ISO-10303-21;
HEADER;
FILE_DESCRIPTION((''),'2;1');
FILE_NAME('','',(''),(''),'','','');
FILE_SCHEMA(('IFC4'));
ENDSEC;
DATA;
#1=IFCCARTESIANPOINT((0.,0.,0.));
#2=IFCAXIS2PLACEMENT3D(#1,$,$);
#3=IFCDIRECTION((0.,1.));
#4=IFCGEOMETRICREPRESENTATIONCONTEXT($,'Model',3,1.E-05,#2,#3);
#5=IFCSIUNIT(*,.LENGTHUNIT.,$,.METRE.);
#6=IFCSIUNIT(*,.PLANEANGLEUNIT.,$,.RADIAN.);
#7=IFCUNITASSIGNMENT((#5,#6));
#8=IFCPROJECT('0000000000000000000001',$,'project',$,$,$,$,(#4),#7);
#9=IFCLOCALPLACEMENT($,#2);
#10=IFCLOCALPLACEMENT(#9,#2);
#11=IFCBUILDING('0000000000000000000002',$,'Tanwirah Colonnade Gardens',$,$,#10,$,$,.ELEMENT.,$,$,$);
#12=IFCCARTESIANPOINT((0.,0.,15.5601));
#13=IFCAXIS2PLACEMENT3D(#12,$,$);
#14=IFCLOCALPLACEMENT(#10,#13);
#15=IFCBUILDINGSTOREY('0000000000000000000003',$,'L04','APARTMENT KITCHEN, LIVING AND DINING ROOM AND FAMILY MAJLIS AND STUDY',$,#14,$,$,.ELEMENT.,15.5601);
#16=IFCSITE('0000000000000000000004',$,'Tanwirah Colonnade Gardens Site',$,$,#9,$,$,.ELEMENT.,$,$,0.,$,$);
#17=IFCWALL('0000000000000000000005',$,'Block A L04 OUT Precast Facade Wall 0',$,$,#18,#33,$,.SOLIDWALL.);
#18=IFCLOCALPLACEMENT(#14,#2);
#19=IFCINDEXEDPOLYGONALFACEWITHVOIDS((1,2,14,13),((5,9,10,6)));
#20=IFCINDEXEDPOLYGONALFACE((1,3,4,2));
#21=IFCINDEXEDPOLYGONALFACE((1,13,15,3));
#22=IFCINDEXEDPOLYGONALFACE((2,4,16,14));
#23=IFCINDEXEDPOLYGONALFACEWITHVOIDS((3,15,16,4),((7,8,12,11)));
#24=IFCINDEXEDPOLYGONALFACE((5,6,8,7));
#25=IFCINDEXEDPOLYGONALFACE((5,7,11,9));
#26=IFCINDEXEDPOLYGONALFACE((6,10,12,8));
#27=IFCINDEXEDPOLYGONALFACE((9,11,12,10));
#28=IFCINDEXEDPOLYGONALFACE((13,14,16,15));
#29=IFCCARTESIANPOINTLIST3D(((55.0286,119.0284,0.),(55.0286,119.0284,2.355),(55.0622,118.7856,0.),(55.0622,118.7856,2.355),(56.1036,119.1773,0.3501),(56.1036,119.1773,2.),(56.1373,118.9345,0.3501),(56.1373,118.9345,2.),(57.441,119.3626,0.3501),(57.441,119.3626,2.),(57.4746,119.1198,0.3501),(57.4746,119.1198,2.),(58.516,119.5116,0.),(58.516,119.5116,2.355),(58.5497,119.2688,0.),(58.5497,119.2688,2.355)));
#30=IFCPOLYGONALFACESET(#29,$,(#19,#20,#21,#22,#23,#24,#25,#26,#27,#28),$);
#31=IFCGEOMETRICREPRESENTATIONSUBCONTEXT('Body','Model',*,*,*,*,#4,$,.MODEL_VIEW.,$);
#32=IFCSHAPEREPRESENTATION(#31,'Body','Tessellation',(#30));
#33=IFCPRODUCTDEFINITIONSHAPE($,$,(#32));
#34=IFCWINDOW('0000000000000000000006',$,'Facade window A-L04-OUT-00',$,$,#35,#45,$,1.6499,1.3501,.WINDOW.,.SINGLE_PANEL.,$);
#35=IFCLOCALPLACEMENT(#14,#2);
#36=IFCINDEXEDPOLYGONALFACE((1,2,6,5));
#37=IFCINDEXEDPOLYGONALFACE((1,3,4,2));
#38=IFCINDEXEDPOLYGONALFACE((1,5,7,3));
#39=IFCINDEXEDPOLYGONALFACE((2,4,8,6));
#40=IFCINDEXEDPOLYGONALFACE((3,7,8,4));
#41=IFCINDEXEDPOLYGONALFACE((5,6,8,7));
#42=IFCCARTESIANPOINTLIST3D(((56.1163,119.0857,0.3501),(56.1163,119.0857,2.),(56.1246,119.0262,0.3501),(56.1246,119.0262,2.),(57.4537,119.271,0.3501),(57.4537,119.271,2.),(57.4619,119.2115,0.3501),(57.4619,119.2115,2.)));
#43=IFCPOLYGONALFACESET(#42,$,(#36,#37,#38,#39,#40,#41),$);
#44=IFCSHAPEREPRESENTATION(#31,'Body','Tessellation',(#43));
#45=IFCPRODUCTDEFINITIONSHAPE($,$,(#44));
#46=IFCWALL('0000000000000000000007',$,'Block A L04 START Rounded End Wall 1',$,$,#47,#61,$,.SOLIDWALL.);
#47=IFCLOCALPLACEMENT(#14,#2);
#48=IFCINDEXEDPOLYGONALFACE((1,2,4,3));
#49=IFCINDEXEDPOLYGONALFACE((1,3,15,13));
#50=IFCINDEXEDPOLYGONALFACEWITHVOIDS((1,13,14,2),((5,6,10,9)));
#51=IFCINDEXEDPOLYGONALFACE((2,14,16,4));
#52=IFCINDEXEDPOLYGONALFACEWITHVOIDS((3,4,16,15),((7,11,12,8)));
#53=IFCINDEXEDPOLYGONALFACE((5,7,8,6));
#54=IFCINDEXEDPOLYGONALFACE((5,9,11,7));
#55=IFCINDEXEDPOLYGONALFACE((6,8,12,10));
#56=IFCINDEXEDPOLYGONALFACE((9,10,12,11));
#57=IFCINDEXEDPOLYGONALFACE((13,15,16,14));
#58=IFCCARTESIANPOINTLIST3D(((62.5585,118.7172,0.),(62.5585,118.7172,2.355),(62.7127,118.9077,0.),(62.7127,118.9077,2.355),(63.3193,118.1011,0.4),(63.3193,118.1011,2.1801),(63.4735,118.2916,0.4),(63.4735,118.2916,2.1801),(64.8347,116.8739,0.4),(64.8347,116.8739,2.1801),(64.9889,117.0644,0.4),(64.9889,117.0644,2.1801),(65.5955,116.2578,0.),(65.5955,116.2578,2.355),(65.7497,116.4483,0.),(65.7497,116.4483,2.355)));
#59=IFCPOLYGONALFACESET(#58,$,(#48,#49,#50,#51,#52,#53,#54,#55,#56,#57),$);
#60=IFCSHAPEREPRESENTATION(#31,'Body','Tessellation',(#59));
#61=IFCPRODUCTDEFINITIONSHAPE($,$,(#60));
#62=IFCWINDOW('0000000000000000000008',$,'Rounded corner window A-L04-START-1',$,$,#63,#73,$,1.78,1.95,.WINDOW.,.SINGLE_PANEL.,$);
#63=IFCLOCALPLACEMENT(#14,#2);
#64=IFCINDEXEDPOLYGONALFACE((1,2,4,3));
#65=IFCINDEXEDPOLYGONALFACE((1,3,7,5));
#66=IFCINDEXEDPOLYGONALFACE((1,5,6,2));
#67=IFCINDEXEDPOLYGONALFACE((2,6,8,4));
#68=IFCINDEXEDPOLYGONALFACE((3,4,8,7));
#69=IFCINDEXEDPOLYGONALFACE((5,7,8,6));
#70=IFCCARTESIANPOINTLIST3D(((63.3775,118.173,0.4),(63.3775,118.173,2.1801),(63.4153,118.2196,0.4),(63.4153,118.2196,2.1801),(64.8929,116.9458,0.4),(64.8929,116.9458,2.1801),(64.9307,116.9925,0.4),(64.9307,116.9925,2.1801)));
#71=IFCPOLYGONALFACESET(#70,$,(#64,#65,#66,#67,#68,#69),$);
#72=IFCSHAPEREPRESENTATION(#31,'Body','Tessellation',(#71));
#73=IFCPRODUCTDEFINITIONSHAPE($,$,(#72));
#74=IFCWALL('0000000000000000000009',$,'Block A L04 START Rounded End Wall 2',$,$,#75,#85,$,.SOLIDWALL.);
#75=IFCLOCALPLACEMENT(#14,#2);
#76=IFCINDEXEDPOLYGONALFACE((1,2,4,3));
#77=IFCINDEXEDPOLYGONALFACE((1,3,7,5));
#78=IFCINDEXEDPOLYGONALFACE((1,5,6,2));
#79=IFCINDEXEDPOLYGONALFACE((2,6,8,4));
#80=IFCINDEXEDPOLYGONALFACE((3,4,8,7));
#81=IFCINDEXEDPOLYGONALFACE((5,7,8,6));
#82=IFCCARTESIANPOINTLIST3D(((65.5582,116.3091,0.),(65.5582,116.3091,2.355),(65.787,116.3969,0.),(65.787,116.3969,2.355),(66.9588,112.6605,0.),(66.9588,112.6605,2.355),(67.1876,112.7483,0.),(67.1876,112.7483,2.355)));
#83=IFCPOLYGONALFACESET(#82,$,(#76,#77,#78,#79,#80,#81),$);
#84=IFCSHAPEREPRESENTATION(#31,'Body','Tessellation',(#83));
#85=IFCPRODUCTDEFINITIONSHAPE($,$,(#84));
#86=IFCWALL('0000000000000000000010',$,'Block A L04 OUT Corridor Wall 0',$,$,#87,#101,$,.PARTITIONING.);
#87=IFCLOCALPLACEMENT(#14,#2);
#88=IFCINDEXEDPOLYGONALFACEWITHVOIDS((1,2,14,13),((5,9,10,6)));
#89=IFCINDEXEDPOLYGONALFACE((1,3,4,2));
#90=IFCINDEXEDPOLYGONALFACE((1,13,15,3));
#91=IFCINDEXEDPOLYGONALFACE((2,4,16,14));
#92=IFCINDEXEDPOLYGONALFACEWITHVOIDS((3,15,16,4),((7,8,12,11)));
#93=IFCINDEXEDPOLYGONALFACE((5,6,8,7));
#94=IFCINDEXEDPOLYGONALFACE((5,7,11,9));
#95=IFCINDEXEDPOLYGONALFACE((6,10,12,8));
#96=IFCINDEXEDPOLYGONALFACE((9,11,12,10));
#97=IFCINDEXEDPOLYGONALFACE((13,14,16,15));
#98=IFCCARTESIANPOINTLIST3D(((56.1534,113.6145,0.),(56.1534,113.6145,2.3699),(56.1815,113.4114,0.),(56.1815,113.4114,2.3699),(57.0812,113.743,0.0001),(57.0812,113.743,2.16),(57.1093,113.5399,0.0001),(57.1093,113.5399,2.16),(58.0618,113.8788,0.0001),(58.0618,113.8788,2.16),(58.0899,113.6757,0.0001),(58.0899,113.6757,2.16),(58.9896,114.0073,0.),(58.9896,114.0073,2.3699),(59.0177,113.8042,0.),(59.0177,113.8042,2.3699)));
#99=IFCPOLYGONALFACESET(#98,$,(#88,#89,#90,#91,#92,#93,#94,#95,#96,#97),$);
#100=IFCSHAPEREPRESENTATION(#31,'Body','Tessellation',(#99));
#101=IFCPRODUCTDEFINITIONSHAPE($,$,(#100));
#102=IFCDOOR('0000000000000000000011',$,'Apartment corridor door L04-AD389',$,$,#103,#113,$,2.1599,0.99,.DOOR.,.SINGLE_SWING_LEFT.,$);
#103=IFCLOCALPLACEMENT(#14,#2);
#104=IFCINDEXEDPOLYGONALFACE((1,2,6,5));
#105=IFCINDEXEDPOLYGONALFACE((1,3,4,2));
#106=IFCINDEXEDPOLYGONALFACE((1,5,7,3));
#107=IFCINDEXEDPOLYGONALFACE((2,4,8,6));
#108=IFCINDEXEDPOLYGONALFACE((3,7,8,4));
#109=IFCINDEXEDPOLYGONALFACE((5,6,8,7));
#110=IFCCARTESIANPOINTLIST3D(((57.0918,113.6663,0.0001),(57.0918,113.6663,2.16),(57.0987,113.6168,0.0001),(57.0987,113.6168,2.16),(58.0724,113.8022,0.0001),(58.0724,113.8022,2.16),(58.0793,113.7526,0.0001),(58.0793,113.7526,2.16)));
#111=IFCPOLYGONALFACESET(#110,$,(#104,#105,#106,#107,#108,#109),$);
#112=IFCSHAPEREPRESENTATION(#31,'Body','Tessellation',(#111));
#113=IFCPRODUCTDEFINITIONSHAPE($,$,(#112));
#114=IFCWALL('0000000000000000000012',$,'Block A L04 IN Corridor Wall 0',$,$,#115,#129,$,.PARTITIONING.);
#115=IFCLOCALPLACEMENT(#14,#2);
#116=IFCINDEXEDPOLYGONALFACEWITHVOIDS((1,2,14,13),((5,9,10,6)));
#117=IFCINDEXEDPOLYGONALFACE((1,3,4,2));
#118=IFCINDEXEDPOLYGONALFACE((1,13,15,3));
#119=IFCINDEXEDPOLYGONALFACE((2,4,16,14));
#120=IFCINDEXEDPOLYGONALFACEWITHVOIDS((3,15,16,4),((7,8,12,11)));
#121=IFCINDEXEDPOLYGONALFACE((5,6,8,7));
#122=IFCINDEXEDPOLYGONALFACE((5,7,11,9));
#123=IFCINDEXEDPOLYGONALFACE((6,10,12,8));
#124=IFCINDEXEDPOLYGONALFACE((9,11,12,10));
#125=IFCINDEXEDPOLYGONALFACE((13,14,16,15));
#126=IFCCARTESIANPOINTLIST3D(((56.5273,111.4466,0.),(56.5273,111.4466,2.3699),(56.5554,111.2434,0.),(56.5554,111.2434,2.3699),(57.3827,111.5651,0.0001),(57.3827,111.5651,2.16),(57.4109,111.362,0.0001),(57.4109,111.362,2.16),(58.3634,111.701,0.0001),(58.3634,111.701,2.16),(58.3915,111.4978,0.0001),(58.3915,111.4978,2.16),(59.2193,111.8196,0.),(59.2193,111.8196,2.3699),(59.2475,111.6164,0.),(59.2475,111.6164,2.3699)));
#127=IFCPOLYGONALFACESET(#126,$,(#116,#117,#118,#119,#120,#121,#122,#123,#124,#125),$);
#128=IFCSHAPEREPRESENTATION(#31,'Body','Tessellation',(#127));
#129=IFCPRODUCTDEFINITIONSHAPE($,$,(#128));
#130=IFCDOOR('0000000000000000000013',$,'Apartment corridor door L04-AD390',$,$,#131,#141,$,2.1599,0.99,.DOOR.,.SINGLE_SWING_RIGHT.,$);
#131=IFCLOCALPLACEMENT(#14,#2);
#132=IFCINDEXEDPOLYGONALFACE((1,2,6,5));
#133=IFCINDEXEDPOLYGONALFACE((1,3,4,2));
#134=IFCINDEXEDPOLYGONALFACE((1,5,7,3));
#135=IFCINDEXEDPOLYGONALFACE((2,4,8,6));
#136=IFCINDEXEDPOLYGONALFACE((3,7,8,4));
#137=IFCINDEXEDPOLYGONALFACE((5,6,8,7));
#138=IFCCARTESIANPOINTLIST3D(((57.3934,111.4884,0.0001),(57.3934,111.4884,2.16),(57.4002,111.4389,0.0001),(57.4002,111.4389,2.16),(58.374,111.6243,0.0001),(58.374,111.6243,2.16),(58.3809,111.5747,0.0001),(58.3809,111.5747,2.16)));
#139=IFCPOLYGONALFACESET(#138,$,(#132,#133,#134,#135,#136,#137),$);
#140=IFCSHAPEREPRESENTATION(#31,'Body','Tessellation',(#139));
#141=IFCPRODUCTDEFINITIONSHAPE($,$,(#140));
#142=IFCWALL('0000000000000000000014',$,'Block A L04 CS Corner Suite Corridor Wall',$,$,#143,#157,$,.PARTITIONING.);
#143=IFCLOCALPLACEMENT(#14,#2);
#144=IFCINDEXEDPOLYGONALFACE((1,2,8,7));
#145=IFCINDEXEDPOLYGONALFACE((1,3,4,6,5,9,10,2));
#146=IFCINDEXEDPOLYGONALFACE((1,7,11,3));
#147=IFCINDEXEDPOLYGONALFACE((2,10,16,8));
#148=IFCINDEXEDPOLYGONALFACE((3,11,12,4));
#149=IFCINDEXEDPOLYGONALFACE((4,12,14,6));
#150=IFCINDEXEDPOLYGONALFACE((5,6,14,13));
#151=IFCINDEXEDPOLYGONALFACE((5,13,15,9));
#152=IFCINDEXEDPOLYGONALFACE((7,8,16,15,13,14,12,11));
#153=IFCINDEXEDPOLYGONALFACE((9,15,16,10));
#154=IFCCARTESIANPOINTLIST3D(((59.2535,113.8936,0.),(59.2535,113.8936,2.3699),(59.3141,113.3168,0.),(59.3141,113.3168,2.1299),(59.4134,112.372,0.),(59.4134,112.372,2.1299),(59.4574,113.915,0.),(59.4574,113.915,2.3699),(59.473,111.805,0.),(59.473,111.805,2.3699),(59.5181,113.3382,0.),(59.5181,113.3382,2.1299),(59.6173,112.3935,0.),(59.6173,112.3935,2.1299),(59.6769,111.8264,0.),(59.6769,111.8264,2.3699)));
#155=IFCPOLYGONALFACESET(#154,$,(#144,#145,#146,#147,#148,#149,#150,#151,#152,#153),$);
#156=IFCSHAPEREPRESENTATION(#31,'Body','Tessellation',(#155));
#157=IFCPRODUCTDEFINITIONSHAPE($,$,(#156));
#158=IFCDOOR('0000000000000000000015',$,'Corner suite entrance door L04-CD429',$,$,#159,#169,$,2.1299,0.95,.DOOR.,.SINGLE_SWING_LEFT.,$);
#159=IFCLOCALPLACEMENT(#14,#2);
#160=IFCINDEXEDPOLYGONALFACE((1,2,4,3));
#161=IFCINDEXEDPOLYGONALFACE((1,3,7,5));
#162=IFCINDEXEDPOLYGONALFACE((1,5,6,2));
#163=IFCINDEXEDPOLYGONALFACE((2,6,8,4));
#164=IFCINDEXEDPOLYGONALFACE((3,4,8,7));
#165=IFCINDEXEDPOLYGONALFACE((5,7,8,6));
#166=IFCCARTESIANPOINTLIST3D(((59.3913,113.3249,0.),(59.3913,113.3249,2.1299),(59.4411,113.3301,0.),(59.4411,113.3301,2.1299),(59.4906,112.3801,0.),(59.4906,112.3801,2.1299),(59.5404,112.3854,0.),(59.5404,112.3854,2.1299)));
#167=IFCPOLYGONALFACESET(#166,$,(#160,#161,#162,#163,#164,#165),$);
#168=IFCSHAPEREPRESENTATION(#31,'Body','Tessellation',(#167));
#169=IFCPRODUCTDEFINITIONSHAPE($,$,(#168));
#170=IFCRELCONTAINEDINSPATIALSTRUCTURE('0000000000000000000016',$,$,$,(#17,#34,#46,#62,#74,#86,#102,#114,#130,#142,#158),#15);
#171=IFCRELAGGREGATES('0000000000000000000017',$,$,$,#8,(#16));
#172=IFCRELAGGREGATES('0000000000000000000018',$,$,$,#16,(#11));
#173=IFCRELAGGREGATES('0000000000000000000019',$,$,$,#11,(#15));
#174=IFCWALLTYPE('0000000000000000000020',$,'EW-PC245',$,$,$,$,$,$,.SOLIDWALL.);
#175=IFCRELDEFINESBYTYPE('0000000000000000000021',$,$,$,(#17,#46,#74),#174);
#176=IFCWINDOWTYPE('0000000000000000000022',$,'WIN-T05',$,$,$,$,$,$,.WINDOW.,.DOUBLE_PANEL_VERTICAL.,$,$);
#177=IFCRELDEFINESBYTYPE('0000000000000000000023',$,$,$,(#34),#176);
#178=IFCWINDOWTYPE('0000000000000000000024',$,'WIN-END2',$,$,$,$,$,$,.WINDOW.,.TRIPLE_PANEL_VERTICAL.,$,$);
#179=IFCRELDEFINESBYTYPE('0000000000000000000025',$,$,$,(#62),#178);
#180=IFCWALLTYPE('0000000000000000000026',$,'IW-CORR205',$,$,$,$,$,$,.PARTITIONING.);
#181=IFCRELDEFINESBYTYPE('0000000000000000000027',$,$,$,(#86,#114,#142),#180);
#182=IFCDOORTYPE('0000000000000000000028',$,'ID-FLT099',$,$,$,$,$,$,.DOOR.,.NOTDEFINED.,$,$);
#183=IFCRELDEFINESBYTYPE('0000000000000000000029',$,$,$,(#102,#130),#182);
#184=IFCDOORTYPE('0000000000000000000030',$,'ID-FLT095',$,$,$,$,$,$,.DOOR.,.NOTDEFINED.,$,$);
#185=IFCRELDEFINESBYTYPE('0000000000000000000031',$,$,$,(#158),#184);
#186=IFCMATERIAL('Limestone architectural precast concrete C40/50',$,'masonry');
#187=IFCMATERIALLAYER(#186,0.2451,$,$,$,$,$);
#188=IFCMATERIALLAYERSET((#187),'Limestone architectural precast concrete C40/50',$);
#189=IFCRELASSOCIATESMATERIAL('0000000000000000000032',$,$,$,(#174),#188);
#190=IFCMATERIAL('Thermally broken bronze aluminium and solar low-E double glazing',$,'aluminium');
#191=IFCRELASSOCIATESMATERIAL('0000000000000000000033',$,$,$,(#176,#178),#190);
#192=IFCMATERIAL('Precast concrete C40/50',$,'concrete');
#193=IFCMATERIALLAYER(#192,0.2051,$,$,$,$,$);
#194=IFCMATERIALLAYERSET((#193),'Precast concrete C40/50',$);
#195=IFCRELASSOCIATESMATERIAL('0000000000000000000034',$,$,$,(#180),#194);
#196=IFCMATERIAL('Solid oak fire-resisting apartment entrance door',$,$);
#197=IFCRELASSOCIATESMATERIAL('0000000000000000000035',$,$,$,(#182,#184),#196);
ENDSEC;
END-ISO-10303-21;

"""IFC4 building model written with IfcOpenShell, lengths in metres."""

from ifc_helpers import new_model, si_unit, direction, frame, frame_2d, origin, place, context, subcontext, project, spatial, rectangle, extrude, material, layer, layer_set, type_object, element, fill, save


model = new_model("IFC4")

# Units and contexts
model_context = context("Model", 3, precision=1e-05, world=origin(), true_north=direction((0.0, 1.0)))
body_context = subcontext(model_context, "Body", "Model", "MODEL_VIEW")
ifc_project = project(units=[si_unit("LENGTHUNIT", "METRE"), si_unit("PLANEANGLEUNIT", "RADIAN")], contexts=[model_context])

# Site, building, storey
site_placement = place(None, origin())
site = spatial("IfcSite", under=ifc_project, at=site_placement, Name="Tanwirah Colonnade Gardens Site", CompositionType="ELEMENT", RefElevation=0.0)
building_placement = place(site_placement, origin())
building = spatial("IfcBuilding", under=site, at=building_placement, Name="Tanwirah Colonnade Gardens", CompositionType="ELEMENT")
storey_placement = place(building_placement, frame((0.0, 0.0, 15.5601)))
storey = spatial("IfcBuildingStorey", under=building, at=storey_placement, Name="L04", Description="APARTMENT KITCHEN, LIVING AND DINING ROOM AND FAMILY MAJLIS AND STUDY", CompositionType="ELEMENT", Elevation=15.5601)

# Shared definitions
ifc_material_1 = material(Name="Precast concrete C40/50", Category="concrete")

# Walls, openings, windows
ifc_material_2 = material(Name="Limestone architectural precast concrete C40/50", Category="masonry")
ifc_layer_1 = layer(ifc_material_2, 0.2451)
ifc_layer_set_1 = layer_set([ifc_layer_1], Name="Limestone architectural precast concrete C40/50")
wall_type_1 = type_object("IfcWallType", Name="EW-PC245", PredefinedType="SOLIDWALL", material=ifc_layer_set_1)
wall_1_placement = place(storey_placement, frame((58.5327, 119.3901, 0.0), z_axis=(0.0, 0.0, 1.0), x_axis=(-0.99054, -0.137226, 0.0)))
wall_1 = element("IfcWall", 1, at=wall_1_placement, inside=storey, type_object=wall_type_1, Name="Block A L04 OUT Precast Facade Wall 0", PredefinedType="SOLIDWALL", context=body_context, shape_type="SweptSolid", body=[
    extrude(rectangle(XDim=3.5208, YDim=0.2451, at=frame_2d((1.7603, 0.0))), origin(), (0.0, 0.0, 1.0), 2.355),
])
opening_1_placement = place(wall_1_placement, frame((1.0852, 0.0, 0.3501)))
opening_1 = element("IfcOpeningElement", 2, at=opening_1_placement, cuts=wall_1, PredefinedType="OPENING", context=body_context, shape_type="SweptSolid", body=[
    extrude(rectangle(XDim=1.3501, YDim=1.6499, at=frame_2d((0.675, 0.825))), frame((0.0, 0.1326, 0.0), z_axis=(0.0, -1.0, 0.0), x_axis=(1.0, 0.0, 0.0)), (0.0, 0.0, 1.0), 0.2651),
])
ifc_material_3 = material(Name="Thermally broken bronze aluminium and solar low-E double glazing", Category="aluminium")
window_type_1 = type_object("IfcWindowType", Name="WIN-T05", PartitioningType="DOUBLE_PANEL_VERTICAL", PredefinedType="WINDOW", material=ifc_material_3)
window_1_placement = place(opening_1_placement, origin())
window_1 = element("IfcWindow", 3, at=window_1_placement, inside=storey, type_object=window_type_1, Name="Facade window A-L04-OUT-00", OverallHeight=1.6499, OverallWidth=1.3501, PartitioningType="SINGLE_PANEL", PredefinedType="WINDOW", context=body_context, shape_type="SweptSolid", body=[
    extrude(rectangle(XDim=1.3501, YDim=1.6499, at=frame_2d((0.675, 0.825))), frame((0.0, 0.03, 0.0), z_axis=(0.0, -1.0, 0.0), x_axis=(1.0, 0.0, 0.0)), (0.0, 0.0, 1.0), 0.0601),
])
fill(opening_1, window_1)
wall_2_placement = place(storey_placement, frame((62.6355, 118.8125, 0.0), z_axis=(0.0, 0.0, 1.0), x_axis=(0.777137, -0.629331, 0.0)))
wall_2 = element("IfcWall", 4, at=wall_2_placement, inside=storey, type_object=wall_type_1, Name="Block A L04 START Rounded End Wall 1", PredefinedType="SOLIDWALL", context=body_context, shape_type="SweptSolid", body=[
    extrude(rectangle(XDim=3.908, YDim=0.2451, at=frame_2d((1.9541, 0.0))), origin(), (0.0, 0.0, 1.0), 2.355),
])
opening_2_placement = place(wall_2_placement, frame((0.979, 0.0, 0.3999)))
opening_2 = element("IfcOpeningElement", 5, at=opening_2_placement, cuts=wall_2, PredefinedType="OPENING", context=body_context, shape_type="SweptSolid", body=[
    extrude(rectangle(XDim=1.95, YDim=1.78, at=frame_2d((0.9751, 0.8901))), frame((0.0, 0.1326, 0.0), z_axis=(0.0, -1.0, 0.0), x_axis=(1.0, 0.0, 0.0)), (0.0, 0.0, 1.0), 0.2651),
])
window_type_2 = type_object("IfcWindowType", Name="WIN-END2", PartitioningType="TRIPLE_PANEL_VERTICAL", PredefinedType="WINDOW", material=ifc_material_3)
window_2_placement = place(opening_2_placement, origin())
window_2 = element("IfcWindow", 6, at=window_2_placement, inside=storey, type_object=window_type_2, Name="Rounded corner window A-L04-START-1", OverallHeight=1.78, OverallWidth=1.95, PartitioningType="SINGLE_PANEL", PredefinedType="WINDOW", context=body_context, shape_type="SweptSolid", body=[
    extrude(rectangle(XDim=1.95, YDim=1.78, at=frame_2d((0.9751, 0.8901))), frame((0.0, 0.03, 0.0), z_axis=(0.0, -1.0, 0.0), x_axis=(1.0, 0.0, 0.0)), (0.0, 0.0, 1.0), 0.0601),
])
fill(opening_2, window_2)

# Wall
wall_3_placement = place(storey_placement, frame((65.6726, 116.353, 0.0), z_axis=(0.0, 0.0, 1.0), x_axis=(0.358376, -0.933577, 0.0)))
element("IfcWall", 7, at=wall_3_placement, inside=storey, type_object=wall_type_1, Name="Block A L04 START Rounded End Wall 2", PredefinedType="SOLIDWALL", context=body_context, shape_type="SweptSolid", body=[
    extrude(rectangle(XDim=3.9082, YDim=0.2451, at=frame_2d((1.9541, 0.0))), origin(), (0.0, 0.0, 1.0), 2.355),
])

# Walls, openings, doors
ifc_layer_2 = layer(ifc_material_1, 0.2051)
ifc_layer_set_2 = layer_set([ifc_layer_2], Name="Precast concrete C40/50")
wall_type_2 = type_object("IfcWallType", Name="IW-CORR205", PredefinedType="PARTITIONING", material=ifc_layer_set_2)
wall_4_placement = place(storey_placement, frame((59.0037, 113.9058, 0.0), z_axis=(0.0, 0.0, 1.0), x_axis=(-0.990544, -0.137194, 0.0)))
wall_4 = element("IfcWall", 8, at=wall_4_placement, inside=storey, type_object=wall_type_2, Name="Block A L04 OUT Corridor Wall 0", PredefinedType="PARTITIONING", context=body_context, shape_type="SweptSolid", body=[
    extrude(rectangle(XDim=2.8633, YDim=0.2051, at=frame_2d((1.4316, 0.0))), origin(), (0.0, 0.0, 1.0), 2.3699),
])
opening_3_placement = place(wall_4_placement, frame((0.9365, 0.0, 0.0)))
opening_3 = element("IfcOpeningElement", 9, at=opening_3_placement, cuts=wall_4, PredefinedType="OPENING", context=body_context, shape_type="SweptSolid", body=[
    extrude(rectangle(XDim=0.99, YDim=2.1599, at=frame_2d((0.4951, 1.0801))), frame((0.0, 0.1125, 0.0), z_axis=(0.0, -1.0, 0.0), x_axis=(1.0, 0.0, 0.0)), (0.0, 0.0, 1.0), 0.2251),
])
ifc_material_4 = material(Name="Solid oak fire-resisting apartment entrance door")
door_type_1 = type_object("IfcDoorType", Name="ID-FLT099", OperationType="NOTDEFINED", PredefinedType="DOOR", material=ifc_material_4)
door_1_placement = place(opening_3_placement, origin())
door_1 = element("IfcDoor", 10, at=door_1_placement, inside=storey, type_object=door_type_1, Name="Apartment corridor door L04-AD389", OperationType="SINGLE_SWING_LEFT", OverallHeight=2.1599, OverallWidth=0.99, PredefinedType="DOOR", context=body_context, shape_type="SweptSolid", body=[
    extrude(rectangle(XDim=0.99, YDim=2.1599, at=frame_2d((0.4951, 1.0801))), frame((0.0, 0.0249, 0.0), z_axis=(0.0, -1.0, 0.0), x_axis=(1.0, 0.0, 0.0)), (0.0, 0.0, 1.0), 0.05),
])
fill(opening_3, door_1)
wall_5_placement = place(storey_placement, frame((59.2334, 111.718, 0.0), z_axis=(0.0, 0.0, 1.0), x_axis=(-0.990535, -0.137257, 0.0)))
wall_5 = element("IfcWall", 11, at=wall_5_placement, inside=storey, type_object=wall_type_2, Name="Block A L04 IN Corridor Wall 0", PredefinedType="PARTITIONING", context=body_context, shape_type="SweptSolid", body=[
    extrude(rectangle(XDim=2.7178, YDim=0.2051, at=frame_2d((1.3589, 0.0))), origin(), (0.0, 0.0, 1.0), 2.3699),
])
opening_4_placement = place(wall_5_placement, frame((0.864, 0.0, 0.0)))
opening_4 = element("IfcOpeningElement", 12, at=opening_4_placement, cuts=wall_5, PredefinedType="OPENING", context=body_context, shape_type="SweptSolid", body=[
    extrude(rectangle(XDim=0.99, YDim=2.1599, at=frame_2d((0.4951, 1.0801))), frame((0.0, 0.1125, 0.0), z_axis=(0.0, -1.0, 0.0), x_axis=(1.0, 0.0, 0.0)), (0.0, 0.0, 1.0), 0.2251),
])
door_2_placement = place(opening_4_placement, origin())
door_2 = element("IfcDoor", 13, at=door_2_placement, inside=storey, type_object=door_type_1, Name="Apartment corridor door L04-AD390", OperationType="SINGLE_SWING_RIGHT", OverallHeight=2.1599, OverallWidth=0.99, PredefinedType="DOOR", context=body_context, shape_type="SweptSolid", body=[
    extrude(rectangle(XDim=0.99, YDim=2.1599, at=frame_2d((0.4951, 1.0801))), frame((0.0, 0.0249, 0.0), z_axis=(0.0, -1.0, 0.0), x_axis=(1.0, 0.0, 0.0)), (0.0, 0.0, 1.0), 0.05),
])
fill(opening_4, door_2)
wall_6_placement = place(storey_placement, frame((59.575, 111.8157, 0.0), z_axis=(0.0, 0.0, 1.0), x_axis=(-0.104509, 0.994524, 0.0)))
wall_6 = element("IfcWall", 14, at=wall_6_placement, inside=storey, type_object=wall_type_2, Name="Block A L04 CS Corner Suite Corridor Wall", PredefinedType="PARTITIONING", context=body_context, shape_type="SweptSolid", body=[
    extrude(rectangle(XDim=2.1001, YDim=0.2051, at=frame_2d((1.05, 0.0))), origin(), (0.0, 0.0, 1.0), 2.3699),
])
opening_5_placement = place(wall_6_placement, frame((0.5701, 0.0, 0.0)))
opening_5 = element("IfcOpeningElement", 15, at=opening_5_placement, cuts=wall_6, PredefinedType="OPENING", context=body_context, shape_type="SweptSolid", body=[
    extrude(rectangle(XDim=0.95, YDim=2.1299, at=frame_2d((0.4751, 1.0649))), frame((0.0, 0.1125, 0.0), z_axis=(0.0, -1.0, 0.0), x_axis=(1.0, 0.0, 0.0)), (0.0, 0.0, 1.0), 0.2251),
])
door_type_2 = type_object("IfcDoorType", Name="ID-FLT095", OperationType="NOTDEFINED", PredefinedType="DOOR", material=ifc_material_4)
door_3_placement = place(opening_5_placement, origin())
door_3 = element("IfcDoor", 16, at=door_3_placement, inside=storey, type_object=door_type_2, Name="Corner suite entrance door L04-CD429", OperationType="SINGLE_SWING_LEFT", OverallHeight=2.1299, OverallWidth=0.95, PredefinedType="DOOR", context=body_context, shape_type="SweptSolid", body=[
    extrude(rectangle(XDim=0.95, YDim=2.1299, at=frame_2d((0.4751, 1.0649))), frame((0.0, 0.0249, 0.0), z_axis=(0.0, -1.0, 0.0), x_axis=(1.0, 0.0, 0.0)), (0.0, 0.0, 1.0), 0.05),
])
fill(opening_5, door_3)

save(model, "model.ifc")
